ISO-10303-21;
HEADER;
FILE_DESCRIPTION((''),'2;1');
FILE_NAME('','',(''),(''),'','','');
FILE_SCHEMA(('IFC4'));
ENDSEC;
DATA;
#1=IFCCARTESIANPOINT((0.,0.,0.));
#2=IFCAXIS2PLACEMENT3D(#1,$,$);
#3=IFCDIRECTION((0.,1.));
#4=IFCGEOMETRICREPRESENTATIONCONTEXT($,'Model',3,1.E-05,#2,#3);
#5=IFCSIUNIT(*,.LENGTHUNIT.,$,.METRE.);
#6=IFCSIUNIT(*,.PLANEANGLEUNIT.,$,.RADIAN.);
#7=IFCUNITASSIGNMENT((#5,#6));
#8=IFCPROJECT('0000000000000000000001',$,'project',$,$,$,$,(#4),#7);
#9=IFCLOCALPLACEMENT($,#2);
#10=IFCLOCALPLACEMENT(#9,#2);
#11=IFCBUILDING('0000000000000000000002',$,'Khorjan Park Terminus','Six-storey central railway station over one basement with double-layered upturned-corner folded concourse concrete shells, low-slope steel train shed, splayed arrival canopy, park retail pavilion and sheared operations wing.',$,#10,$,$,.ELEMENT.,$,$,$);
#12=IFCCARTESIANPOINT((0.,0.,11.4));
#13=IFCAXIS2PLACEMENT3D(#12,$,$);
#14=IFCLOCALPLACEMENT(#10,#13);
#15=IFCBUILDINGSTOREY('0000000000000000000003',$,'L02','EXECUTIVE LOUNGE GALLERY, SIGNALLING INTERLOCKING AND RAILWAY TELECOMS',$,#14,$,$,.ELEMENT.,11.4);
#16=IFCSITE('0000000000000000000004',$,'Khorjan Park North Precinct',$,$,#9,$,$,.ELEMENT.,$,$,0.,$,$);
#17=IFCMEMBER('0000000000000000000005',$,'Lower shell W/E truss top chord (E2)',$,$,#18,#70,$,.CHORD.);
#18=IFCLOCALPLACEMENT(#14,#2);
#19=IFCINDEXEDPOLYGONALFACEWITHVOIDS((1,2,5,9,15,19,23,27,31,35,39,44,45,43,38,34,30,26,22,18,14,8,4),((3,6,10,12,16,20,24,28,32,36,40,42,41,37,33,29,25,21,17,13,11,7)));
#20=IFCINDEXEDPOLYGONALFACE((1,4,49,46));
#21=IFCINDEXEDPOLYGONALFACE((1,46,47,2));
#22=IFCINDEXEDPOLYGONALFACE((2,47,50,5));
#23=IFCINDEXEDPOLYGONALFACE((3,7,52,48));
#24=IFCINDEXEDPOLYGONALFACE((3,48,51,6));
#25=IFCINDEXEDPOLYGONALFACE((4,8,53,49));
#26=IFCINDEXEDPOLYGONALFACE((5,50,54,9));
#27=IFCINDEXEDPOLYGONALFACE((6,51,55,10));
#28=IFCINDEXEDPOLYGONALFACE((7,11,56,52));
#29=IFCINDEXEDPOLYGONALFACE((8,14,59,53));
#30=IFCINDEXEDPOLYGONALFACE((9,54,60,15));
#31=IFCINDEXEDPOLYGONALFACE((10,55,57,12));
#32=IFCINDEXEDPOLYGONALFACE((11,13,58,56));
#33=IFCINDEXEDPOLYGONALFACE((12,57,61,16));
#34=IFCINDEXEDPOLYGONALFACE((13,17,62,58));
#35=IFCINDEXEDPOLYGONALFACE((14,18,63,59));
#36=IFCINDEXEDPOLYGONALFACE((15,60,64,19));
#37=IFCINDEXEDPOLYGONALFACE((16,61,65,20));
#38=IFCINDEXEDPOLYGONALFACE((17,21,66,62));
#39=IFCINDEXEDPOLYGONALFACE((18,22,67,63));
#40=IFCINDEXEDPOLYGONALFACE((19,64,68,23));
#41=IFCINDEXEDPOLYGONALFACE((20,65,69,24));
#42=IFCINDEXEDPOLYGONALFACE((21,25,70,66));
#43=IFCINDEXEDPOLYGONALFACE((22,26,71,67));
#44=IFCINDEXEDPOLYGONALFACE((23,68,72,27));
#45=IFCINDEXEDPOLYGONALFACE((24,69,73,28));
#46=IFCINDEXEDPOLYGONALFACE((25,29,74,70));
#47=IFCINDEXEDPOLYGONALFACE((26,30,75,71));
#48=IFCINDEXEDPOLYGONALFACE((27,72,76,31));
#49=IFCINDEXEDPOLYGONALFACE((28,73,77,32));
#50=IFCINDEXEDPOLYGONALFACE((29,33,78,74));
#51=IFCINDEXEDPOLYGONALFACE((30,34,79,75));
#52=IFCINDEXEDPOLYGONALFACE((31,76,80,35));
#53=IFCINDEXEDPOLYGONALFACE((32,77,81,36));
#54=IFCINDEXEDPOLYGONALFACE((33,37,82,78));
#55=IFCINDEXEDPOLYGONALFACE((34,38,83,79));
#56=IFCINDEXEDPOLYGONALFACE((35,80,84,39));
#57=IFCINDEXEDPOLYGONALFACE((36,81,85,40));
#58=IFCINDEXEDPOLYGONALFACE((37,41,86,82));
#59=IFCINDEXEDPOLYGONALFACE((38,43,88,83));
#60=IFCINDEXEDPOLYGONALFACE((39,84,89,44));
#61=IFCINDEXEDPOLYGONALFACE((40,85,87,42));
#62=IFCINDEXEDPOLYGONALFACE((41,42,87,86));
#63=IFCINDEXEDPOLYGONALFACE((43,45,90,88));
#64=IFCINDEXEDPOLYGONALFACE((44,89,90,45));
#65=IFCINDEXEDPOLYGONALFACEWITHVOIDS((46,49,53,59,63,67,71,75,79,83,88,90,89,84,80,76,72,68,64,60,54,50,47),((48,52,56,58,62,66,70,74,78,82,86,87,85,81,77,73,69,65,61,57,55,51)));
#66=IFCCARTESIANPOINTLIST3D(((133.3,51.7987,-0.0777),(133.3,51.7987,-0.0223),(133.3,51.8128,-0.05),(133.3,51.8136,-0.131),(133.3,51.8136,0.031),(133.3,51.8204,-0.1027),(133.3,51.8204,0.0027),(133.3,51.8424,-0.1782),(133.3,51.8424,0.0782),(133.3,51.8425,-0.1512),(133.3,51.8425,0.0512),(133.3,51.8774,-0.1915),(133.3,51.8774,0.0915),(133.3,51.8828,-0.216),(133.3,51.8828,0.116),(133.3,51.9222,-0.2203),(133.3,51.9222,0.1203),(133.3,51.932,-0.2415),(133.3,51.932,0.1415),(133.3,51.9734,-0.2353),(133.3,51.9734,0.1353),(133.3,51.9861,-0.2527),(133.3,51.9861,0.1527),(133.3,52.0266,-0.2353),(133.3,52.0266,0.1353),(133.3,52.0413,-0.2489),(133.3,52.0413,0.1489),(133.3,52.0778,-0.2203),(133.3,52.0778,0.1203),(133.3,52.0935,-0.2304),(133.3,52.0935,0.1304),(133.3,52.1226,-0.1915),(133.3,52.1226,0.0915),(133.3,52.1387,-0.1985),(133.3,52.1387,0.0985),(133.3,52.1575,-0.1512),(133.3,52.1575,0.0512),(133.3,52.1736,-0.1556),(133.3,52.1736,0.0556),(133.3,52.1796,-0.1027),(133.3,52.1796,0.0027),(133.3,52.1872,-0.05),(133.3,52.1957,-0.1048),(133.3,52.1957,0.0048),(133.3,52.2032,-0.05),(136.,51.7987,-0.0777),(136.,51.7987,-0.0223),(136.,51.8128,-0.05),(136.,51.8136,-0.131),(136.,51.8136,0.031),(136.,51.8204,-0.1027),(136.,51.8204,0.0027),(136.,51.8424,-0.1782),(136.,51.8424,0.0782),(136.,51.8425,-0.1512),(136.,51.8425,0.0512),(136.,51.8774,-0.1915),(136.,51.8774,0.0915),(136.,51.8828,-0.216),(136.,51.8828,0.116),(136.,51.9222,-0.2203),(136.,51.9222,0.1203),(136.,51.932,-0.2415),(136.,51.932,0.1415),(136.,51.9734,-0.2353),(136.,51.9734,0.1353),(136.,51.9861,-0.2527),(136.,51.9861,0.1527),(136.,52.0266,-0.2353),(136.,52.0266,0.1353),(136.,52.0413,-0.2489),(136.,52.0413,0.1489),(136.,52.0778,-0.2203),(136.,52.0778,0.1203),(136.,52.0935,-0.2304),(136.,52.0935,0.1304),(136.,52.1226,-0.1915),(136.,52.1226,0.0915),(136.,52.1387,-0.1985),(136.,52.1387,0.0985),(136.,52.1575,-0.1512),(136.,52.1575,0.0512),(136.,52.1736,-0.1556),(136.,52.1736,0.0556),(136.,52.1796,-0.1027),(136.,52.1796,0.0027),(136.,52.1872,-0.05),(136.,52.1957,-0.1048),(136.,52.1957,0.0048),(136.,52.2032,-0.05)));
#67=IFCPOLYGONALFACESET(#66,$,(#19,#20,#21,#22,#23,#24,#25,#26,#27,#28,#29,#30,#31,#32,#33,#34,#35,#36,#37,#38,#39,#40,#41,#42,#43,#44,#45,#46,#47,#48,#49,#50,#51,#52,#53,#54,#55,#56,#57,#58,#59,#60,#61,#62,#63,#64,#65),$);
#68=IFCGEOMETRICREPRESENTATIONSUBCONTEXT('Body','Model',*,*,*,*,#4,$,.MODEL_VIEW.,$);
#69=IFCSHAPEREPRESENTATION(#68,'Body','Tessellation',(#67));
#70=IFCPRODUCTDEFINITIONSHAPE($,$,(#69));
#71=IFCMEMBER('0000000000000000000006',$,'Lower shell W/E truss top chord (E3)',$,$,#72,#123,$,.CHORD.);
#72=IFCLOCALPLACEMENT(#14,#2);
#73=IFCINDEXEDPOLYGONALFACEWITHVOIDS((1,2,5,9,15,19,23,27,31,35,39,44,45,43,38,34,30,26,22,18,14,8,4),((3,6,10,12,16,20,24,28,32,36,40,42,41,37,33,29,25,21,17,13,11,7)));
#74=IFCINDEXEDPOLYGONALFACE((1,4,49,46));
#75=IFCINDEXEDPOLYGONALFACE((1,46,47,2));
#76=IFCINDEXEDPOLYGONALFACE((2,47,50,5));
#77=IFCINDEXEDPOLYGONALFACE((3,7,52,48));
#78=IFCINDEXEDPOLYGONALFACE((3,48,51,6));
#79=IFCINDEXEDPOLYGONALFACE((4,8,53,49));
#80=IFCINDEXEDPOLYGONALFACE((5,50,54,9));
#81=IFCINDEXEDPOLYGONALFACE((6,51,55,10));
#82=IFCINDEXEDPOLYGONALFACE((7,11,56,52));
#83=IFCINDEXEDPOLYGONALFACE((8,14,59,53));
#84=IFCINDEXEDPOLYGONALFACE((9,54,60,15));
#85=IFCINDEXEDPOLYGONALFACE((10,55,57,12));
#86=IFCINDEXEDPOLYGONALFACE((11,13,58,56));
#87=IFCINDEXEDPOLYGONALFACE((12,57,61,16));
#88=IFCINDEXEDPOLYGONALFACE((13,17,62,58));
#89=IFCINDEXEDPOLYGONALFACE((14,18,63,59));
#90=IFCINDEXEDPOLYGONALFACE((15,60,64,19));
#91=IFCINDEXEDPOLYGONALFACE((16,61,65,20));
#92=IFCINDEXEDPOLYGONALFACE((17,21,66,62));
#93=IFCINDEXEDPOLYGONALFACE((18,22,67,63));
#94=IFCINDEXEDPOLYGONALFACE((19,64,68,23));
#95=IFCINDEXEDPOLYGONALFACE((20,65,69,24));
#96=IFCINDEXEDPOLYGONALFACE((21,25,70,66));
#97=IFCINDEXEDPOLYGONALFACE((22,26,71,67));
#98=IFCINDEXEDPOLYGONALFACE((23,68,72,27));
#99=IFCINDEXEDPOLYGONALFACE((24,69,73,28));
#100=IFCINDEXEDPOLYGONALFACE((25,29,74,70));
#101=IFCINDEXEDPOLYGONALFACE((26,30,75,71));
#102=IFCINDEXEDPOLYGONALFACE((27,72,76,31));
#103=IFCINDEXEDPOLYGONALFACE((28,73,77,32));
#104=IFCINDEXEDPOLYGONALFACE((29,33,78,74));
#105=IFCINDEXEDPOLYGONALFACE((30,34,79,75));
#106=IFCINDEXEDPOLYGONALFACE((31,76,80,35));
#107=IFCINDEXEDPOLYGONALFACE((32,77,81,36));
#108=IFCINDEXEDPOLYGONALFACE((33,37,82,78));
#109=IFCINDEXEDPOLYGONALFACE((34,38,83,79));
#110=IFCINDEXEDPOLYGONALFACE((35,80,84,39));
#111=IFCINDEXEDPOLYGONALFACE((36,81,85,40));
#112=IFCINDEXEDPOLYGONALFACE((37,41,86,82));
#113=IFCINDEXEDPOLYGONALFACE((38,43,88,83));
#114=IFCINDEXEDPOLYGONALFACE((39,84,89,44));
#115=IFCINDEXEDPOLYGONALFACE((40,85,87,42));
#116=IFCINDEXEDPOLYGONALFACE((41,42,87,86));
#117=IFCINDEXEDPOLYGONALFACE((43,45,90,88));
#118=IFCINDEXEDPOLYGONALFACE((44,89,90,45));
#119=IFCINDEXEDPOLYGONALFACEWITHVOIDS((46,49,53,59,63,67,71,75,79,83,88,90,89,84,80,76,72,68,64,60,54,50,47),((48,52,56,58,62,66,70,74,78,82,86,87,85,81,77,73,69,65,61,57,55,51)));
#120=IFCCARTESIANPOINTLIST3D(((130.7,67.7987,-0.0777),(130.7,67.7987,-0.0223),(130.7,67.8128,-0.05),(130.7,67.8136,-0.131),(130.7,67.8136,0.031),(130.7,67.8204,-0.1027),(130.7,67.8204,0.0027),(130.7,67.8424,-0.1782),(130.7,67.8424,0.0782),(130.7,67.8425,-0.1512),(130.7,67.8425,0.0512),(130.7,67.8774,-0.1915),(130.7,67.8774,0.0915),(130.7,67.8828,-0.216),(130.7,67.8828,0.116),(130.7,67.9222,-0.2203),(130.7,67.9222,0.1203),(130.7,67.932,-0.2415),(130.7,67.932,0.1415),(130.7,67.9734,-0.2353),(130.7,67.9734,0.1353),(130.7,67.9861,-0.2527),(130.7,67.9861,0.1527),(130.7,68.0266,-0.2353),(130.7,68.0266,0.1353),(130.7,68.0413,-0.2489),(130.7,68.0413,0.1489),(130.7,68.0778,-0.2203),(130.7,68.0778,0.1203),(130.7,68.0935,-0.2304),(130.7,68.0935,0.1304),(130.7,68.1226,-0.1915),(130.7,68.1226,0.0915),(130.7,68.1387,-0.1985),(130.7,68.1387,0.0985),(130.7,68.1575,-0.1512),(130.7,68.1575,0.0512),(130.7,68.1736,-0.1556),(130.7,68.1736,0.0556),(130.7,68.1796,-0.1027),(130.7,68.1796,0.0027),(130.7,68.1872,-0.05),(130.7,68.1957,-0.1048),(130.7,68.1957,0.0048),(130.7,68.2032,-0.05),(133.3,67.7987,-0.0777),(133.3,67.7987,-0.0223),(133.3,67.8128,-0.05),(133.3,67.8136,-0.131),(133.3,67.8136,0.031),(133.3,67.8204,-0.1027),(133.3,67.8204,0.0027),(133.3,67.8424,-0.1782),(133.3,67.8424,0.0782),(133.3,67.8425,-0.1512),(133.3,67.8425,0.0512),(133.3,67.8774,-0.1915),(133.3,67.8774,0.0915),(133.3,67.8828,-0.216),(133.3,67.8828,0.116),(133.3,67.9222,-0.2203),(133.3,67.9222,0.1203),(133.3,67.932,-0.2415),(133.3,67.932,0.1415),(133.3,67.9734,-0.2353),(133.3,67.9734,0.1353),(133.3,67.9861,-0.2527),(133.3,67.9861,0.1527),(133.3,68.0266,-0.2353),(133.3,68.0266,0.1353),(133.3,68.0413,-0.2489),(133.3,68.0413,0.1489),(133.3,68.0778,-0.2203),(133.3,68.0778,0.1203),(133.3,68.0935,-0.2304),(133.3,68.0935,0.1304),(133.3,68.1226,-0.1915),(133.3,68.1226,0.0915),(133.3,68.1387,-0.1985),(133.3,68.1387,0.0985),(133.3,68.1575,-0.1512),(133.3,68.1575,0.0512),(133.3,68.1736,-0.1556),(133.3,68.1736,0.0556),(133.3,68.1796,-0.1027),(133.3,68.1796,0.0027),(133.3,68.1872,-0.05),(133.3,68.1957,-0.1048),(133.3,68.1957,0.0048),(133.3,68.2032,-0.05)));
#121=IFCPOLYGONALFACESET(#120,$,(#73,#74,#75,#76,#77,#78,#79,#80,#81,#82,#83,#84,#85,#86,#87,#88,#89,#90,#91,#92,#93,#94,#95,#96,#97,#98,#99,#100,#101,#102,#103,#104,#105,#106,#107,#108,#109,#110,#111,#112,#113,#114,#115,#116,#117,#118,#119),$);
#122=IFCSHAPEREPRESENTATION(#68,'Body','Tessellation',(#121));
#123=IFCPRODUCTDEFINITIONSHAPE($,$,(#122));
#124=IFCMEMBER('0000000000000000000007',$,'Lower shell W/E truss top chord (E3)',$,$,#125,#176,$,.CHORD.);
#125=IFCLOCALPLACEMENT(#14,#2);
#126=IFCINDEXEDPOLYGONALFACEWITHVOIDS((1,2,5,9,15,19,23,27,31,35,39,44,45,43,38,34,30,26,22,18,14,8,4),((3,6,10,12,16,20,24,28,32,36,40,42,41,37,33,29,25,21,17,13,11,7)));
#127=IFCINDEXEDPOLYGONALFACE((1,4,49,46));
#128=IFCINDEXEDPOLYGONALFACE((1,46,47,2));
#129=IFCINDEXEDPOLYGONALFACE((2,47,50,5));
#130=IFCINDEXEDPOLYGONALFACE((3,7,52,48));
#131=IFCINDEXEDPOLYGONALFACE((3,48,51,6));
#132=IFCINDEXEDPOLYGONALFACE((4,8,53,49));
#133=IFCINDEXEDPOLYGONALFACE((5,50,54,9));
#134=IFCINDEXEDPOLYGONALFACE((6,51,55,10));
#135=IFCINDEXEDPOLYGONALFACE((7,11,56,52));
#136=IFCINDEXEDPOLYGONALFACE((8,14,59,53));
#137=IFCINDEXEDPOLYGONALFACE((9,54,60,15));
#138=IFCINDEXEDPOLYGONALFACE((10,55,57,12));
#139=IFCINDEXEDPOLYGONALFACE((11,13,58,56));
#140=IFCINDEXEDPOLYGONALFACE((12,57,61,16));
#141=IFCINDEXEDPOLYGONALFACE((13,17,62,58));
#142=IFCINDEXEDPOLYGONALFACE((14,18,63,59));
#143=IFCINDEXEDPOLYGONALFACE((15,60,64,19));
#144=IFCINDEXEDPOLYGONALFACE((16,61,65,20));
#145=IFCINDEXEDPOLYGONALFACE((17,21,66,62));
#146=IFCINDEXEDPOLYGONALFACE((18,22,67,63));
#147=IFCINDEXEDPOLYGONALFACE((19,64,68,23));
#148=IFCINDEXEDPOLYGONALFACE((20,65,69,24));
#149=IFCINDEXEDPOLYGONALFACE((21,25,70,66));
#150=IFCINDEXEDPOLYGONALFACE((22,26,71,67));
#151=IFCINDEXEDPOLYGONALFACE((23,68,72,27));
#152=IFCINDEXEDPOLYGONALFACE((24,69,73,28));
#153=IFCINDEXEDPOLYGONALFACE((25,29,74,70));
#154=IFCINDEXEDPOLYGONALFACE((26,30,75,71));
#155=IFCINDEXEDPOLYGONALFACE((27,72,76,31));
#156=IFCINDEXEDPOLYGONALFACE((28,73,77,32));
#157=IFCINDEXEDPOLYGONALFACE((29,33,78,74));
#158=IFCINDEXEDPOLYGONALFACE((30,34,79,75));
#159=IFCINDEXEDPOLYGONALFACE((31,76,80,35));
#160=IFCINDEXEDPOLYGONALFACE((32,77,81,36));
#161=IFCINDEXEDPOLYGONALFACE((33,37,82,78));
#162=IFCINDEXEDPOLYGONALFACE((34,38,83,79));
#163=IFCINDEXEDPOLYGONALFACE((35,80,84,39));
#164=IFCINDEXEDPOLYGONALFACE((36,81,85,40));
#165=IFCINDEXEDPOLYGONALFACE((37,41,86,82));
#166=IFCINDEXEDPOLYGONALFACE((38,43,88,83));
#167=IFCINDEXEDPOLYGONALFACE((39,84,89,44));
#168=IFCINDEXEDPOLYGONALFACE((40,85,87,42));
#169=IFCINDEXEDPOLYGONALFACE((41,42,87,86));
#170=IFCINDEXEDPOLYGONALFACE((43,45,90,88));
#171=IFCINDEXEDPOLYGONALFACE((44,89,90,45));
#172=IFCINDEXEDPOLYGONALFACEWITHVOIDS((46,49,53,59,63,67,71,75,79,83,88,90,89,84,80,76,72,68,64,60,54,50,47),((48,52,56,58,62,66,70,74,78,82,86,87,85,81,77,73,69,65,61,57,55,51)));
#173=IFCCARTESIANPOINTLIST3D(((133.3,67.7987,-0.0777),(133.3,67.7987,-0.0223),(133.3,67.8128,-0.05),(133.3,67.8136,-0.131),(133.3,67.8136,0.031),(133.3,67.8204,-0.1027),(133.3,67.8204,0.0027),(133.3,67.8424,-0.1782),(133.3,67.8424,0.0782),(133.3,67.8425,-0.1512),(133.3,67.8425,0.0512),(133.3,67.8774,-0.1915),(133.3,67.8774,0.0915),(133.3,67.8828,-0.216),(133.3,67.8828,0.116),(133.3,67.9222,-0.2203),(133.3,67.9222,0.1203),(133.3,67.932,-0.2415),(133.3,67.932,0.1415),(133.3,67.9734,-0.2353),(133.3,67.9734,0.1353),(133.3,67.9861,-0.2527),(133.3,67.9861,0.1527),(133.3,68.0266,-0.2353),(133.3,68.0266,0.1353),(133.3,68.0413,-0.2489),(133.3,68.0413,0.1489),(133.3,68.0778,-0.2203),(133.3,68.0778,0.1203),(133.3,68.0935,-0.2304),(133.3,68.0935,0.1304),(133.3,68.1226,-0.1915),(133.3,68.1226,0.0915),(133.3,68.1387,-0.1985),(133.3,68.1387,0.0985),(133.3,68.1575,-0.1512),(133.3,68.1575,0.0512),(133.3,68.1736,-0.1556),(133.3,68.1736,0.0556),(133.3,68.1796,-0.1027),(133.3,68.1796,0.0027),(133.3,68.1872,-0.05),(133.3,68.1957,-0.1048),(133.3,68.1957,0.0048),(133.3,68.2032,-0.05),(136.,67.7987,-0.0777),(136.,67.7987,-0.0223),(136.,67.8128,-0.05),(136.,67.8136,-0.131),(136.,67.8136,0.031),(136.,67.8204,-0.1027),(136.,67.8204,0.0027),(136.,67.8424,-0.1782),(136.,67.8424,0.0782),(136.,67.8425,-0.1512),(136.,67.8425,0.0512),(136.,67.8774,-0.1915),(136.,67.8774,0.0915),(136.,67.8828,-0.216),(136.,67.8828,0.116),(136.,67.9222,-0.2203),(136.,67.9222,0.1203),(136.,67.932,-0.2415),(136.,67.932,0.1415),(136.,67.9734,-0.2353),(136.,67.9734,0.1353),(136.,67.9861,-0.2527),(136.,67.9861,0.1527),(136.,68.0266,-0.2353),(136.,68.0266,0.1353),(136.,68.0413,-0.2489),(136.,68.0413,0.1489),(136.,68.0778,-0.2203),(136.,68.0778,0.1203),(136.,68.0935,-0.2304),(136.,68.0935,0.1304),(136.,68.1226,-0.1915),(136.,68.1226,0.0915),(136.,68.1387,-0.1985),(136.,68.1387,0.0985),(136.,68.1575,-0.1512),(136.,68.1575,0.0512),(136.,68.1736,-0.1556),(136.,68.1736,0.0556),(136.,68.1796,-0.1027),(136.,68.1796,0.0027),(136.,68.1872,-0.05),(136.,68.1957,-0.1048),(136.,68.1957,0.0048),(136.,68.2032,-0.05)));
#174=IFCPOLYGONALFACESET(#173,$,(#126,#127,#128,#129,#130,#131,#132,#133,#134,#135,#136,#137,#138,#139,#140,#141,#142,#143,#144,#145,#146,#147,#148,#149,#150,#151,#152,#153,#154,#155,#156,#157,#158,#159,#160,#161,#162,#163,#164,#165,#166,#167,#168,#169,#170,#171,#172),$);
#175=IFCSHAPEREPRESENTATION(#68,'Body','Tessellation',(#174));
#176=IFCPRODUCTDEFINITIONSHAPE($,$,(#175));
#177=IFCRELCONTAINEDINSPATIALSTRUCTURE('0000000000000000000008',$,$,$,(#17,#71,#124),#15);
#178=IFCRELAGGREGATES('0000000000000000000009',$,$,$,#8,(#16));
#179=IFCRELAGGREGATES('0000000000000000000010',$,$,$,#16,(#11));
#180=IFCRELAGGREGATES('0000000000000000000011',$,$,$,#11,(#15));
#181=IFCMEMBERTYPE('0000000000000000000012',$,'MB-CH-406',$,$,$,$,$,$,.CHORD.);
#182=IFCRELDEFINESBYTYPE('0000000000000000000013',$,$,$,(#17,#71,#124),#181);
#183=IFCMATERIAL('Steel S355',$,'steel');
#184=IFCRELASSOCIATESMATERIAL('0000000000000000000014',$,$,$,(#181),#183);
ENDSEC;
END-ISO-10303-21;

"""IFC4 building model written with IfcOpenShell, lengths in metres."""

from ifc_helpers import new_model, si_unit, direction, frame, origin, origin_2d, place, context, subcontext, project, spatial, hollow_circle, extrude, material, material_profile, profile_set, type_object, element, save


model = new_model("IFC4")

# Units and contexts
model_context = context("Model", 3, precision=1e-05, world=origin(), true_north=direction((0.0, 1.0)))
body_context = subcontext(model_context, "Body", "Model", "MODEL_VIEW")
ifc_project = project(units=[si_unit("LENGTHUNIT", "METRE"), si_unit("PLANEANGLEUNIT", "RADIAN")], contexts=[model_context])

# Site, building, storey
site_placement = place(None, origin())
site = spatial("IfcSite", under=ifc_project, at=site_placement, Name="Khorjan Park North Precinct", CompositionType="ELEMENT", RefElevation=0.0)
building_placement = place(site_placement, origin())
building = spatial("IfcBuilding", under=site, at=building_placement, Name="Khorjan Park Terminus", Description="Six-storey central railway station over one basement with double-layered upturned-corner folded concourse concrete shells, low-slope steel train shed, splayed arrival canopy, park retail pavilion and sheared operations wing.", CompositionType="ELEMENT")
storey_placement = place(building_placement, frame((0.0, 0.0, 11.4)))
storey = spatial("IfcBuildingStorey", under=building, at=storey_placement, Name="L02", Description="EXECUTIVE LOUNGE GALLERY, SIGNALLING INTERLOCKING AND RAILWAY TELECOMS", CompositionType="ELEMENT", Elevation=11.4)

# Members
ifc_material_1 = material(Name="Steel S355", Category="steel")
ifc_material_profile_1 = material_profile(ifc_material_1, hollow_circle(Radius=0.2032, WallThickness=0.016, at=origin_2d()), Name="CHS 406.4x16")
ifc_profile_set_1 = profile_set([ifc_material_profile_1], Name="Steel S355")
member_type_1 = type_object("IfcMemberType", Name="MB-CH-406", PredefinedType="CHORD", material=ifc_profile_set_1)
member_1_placement = place(storey_placement, frame((133.3, 52.0, -0.05), z_axis=(1.0, 0.0, 0.0), x_axis=(0.0, 1.0, 0.0)))
element("IfcMember", 1, at=member_1_placement, inside=storey, type_object=member_type_1, Name="Lower shell W/E truss top chord (E2)", PredefinedType="CHORD", context=body_context, shape_type="SweptSolid", body=[
    extrude(hollow_circle(Radius=0.2032, WallThickness=0.016, at=origin_2d()), origin(), (0.0, 0.0, 1.0), 2.7),
])
member_2_placement = place(storey_placement, frame((130.7, 68.0, -0.05), z_axis=(1.0, 0.0, 0.0), x_axis=(0.0, 1.0, 0.0)))
element("IfcMember", 2, at=member_2_placement, inside=storey, type_object=member_type_1, Name="Lower shell W/E truss top chord (E3)", PredefinedType="CHORD", context=body_context, shape_type="SweptSolid", body=[
    extrude(hollow_circle(Radius=0.2032, WallThickness=0.016, at=origin_2d()), origin(), (0.0, 0.0, 1.0), 2.6),
])
member_3_placement = place(storey_placement, frame((133.3, 68.0, -0.05), z_axis=(1.0, 0.0, 0.0), x_axis=(0.0, 1.0, 0.0)))
element("IfcMember", 3, at=member_3_placement, inside=storey, type_object=member_type_1, Name="Lower shell W/E truss top chord (E3)", PredefinedType="CHORD", context=body_context, shape_type="SweptSolid", body=[
    extrude(hollow_circle(Radius=0.2032, WallThickness=0.016, at=origin_2d()), origin(), (0.0, 0.0, 1.0), 2.7),
])

save(model, "model.ifc")
